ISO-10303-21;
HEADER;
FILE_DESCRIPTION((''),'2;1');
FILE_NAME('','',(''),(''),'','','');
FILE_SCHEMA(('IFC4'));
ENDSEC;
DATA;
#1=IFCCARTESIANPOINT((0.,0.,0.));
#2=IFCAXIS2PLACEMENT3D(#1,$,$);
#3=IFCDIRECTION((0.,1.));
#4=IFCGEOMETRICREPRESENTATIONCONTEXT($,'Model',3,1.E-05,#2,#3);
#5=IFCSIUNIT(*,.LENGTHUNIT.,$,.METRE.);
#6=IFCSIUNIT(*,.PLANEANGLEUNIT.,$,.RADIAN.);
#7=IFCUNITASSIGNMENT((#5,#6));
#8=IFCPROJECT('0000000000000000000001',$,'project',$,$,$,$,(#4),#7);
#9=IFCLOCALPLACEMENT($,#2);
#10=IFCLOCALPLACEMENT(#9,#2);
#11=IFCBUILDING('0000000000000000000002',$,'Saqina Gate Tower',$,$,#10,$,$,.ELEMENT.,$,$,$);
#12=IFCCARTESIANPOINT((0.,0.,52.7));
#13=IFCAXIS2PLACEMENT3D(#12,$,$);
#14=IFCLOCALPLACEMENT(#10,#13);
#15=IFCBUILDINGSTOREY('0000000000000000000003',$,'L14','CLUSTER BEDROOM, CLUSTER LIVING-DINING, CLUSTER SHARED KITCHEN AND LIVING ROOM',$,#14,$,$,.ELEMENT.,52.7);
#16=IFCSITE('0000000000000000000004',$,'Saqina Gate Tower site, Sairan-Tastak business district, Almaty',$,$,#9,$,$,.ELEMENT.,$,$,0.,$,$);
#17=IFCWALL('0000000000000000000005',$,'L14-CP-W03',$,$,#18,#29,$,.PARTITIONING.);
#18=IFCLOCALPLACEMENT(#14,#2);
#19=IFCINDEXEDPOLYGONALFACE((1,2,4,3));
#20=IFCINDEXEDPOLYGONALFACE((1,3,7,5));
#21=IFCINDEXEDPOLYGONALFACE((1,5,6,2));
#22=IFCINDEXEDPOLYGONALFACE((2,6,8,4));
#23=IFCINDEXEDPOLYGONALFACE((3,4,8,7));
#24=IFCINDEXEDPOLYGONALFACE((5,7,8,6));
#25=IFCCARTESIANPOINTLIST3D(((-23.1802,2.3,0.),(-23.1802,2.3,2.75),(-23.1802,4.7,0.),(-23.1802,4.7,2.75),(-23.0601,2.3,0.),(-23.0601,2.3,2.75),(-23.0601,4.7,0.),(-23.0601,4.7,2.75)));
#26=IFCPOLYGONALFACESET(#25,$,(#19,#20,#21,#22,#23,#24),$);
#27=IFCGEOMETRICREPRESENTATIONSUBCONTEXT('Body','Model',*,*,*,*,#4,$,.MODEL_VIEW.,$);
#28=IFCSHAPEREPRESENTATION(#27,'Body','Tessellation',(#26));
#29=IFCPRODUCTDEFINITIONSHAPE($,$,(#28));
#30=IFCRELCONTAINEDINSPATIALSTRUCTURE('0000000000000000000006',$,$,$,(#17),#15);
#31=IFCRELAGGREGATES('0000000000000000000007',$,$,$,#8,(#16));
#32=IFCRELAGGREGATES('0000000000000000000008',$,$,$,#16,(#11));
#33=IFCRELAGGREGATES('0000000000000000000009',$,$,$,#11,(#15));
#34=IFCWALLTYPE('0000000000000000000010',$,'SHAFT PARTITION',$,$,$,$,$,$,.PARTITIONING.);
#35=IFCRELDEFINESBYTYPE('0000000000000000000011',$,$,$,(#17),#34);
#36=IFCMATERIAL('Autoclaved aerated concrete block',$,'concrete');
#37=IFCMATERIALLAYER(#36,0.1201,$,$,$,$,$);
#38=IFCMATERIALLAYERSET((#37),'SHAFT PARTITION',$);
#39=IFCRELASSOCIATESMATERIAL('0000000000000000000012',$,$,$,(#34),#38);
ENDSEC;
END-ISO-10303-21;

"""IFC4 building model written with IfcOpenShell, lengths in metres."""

from ifc_helpers import new_model, si_unit, direction, frame, frame_2d, origin, place, context, subcontext, project, spatial, rectangle, extrude, material, layer, layer_set, type_object, element, save


model = new_model("IFC4")

# Units and contexts
model_context = context("Model", 3, precision=1e-05, world=origin(), true_north=direction((0.0, 1.0)))
body_context = subcontext(model_context, "Body", "Model", "MODEL_VIEW")
ifc_project = project(units=[si_unit("LENGTHUNIT", "METRE"), si_unit("PLANEANGLEUNIT", "RADIAN")], contexts=[model_context])

# Site, building, storey
site_placement = place(None, origin())
site = spatial("IfcSite", under=ifc_project, at=site_placement, Name="Saqina Gate Tower site, Sairan-Tastak business district, Almaty", CompositionType="ELEMENT", RefElevation=0.0)
building_placement = place(site_placement, origin())
building = spatial("IfcBuilding", under=site, at=building_placement, Name="Saqina Gate Tower", CompositionType="ELEMENT")
storey_placement = place(building_placement, frame((0.0, 0.0, 52.7)))
storey = spatial("IfcBuildingStorey", under=building, at=storey_placement, Name="L14", Description="CLUSTER BEDROOM, CLUSTER LIVING-DINING, CLUSTER SHARED KITCHEN AND LIVING ROOM", CompositionType="ELEMENT", Elevation=52.7)

# Wall
ifc_material_1 = material(Name="Autoclaved aerated concrete block", Category="concrete")
ifc_layer_1 = layer(ifc_material_1, 0.1201)
ifc_layer_set_1 = layer_set([ifc_layer_1], Name="SHAFT PARTITION")
wall_type_1 = type_object("IfcWallType", Name="SHAFT PARTITION", PredefinedType="PARTITIONING", material=ifc_layer_set_1)
for number, where, z_axis, x_axis, name in (
    (1, (-23.1201, 2.3, 0.0), (0.0, 0.0, 1.0), (0.0, 1.0, 0.0), "L14-CP-W03"),
):
    element("IfcWall", number, at=place(storey_placement, frame(where, z_axis=z_axis, x_axis=x_axis)), inside=storey, type_object=wall_type_1, Name=name, PredefinedType="PARTITIONING", context=body_context, shape_type="SweptSolid", body=[
        extrude(rectangle(XDim=2.3999, YDim=0.1201, at=frame_2d((1.2, 0.0))), origin(), (0.0, 0.0, 1.0), 2.75),
    ])

save(model, "model.ifc")
